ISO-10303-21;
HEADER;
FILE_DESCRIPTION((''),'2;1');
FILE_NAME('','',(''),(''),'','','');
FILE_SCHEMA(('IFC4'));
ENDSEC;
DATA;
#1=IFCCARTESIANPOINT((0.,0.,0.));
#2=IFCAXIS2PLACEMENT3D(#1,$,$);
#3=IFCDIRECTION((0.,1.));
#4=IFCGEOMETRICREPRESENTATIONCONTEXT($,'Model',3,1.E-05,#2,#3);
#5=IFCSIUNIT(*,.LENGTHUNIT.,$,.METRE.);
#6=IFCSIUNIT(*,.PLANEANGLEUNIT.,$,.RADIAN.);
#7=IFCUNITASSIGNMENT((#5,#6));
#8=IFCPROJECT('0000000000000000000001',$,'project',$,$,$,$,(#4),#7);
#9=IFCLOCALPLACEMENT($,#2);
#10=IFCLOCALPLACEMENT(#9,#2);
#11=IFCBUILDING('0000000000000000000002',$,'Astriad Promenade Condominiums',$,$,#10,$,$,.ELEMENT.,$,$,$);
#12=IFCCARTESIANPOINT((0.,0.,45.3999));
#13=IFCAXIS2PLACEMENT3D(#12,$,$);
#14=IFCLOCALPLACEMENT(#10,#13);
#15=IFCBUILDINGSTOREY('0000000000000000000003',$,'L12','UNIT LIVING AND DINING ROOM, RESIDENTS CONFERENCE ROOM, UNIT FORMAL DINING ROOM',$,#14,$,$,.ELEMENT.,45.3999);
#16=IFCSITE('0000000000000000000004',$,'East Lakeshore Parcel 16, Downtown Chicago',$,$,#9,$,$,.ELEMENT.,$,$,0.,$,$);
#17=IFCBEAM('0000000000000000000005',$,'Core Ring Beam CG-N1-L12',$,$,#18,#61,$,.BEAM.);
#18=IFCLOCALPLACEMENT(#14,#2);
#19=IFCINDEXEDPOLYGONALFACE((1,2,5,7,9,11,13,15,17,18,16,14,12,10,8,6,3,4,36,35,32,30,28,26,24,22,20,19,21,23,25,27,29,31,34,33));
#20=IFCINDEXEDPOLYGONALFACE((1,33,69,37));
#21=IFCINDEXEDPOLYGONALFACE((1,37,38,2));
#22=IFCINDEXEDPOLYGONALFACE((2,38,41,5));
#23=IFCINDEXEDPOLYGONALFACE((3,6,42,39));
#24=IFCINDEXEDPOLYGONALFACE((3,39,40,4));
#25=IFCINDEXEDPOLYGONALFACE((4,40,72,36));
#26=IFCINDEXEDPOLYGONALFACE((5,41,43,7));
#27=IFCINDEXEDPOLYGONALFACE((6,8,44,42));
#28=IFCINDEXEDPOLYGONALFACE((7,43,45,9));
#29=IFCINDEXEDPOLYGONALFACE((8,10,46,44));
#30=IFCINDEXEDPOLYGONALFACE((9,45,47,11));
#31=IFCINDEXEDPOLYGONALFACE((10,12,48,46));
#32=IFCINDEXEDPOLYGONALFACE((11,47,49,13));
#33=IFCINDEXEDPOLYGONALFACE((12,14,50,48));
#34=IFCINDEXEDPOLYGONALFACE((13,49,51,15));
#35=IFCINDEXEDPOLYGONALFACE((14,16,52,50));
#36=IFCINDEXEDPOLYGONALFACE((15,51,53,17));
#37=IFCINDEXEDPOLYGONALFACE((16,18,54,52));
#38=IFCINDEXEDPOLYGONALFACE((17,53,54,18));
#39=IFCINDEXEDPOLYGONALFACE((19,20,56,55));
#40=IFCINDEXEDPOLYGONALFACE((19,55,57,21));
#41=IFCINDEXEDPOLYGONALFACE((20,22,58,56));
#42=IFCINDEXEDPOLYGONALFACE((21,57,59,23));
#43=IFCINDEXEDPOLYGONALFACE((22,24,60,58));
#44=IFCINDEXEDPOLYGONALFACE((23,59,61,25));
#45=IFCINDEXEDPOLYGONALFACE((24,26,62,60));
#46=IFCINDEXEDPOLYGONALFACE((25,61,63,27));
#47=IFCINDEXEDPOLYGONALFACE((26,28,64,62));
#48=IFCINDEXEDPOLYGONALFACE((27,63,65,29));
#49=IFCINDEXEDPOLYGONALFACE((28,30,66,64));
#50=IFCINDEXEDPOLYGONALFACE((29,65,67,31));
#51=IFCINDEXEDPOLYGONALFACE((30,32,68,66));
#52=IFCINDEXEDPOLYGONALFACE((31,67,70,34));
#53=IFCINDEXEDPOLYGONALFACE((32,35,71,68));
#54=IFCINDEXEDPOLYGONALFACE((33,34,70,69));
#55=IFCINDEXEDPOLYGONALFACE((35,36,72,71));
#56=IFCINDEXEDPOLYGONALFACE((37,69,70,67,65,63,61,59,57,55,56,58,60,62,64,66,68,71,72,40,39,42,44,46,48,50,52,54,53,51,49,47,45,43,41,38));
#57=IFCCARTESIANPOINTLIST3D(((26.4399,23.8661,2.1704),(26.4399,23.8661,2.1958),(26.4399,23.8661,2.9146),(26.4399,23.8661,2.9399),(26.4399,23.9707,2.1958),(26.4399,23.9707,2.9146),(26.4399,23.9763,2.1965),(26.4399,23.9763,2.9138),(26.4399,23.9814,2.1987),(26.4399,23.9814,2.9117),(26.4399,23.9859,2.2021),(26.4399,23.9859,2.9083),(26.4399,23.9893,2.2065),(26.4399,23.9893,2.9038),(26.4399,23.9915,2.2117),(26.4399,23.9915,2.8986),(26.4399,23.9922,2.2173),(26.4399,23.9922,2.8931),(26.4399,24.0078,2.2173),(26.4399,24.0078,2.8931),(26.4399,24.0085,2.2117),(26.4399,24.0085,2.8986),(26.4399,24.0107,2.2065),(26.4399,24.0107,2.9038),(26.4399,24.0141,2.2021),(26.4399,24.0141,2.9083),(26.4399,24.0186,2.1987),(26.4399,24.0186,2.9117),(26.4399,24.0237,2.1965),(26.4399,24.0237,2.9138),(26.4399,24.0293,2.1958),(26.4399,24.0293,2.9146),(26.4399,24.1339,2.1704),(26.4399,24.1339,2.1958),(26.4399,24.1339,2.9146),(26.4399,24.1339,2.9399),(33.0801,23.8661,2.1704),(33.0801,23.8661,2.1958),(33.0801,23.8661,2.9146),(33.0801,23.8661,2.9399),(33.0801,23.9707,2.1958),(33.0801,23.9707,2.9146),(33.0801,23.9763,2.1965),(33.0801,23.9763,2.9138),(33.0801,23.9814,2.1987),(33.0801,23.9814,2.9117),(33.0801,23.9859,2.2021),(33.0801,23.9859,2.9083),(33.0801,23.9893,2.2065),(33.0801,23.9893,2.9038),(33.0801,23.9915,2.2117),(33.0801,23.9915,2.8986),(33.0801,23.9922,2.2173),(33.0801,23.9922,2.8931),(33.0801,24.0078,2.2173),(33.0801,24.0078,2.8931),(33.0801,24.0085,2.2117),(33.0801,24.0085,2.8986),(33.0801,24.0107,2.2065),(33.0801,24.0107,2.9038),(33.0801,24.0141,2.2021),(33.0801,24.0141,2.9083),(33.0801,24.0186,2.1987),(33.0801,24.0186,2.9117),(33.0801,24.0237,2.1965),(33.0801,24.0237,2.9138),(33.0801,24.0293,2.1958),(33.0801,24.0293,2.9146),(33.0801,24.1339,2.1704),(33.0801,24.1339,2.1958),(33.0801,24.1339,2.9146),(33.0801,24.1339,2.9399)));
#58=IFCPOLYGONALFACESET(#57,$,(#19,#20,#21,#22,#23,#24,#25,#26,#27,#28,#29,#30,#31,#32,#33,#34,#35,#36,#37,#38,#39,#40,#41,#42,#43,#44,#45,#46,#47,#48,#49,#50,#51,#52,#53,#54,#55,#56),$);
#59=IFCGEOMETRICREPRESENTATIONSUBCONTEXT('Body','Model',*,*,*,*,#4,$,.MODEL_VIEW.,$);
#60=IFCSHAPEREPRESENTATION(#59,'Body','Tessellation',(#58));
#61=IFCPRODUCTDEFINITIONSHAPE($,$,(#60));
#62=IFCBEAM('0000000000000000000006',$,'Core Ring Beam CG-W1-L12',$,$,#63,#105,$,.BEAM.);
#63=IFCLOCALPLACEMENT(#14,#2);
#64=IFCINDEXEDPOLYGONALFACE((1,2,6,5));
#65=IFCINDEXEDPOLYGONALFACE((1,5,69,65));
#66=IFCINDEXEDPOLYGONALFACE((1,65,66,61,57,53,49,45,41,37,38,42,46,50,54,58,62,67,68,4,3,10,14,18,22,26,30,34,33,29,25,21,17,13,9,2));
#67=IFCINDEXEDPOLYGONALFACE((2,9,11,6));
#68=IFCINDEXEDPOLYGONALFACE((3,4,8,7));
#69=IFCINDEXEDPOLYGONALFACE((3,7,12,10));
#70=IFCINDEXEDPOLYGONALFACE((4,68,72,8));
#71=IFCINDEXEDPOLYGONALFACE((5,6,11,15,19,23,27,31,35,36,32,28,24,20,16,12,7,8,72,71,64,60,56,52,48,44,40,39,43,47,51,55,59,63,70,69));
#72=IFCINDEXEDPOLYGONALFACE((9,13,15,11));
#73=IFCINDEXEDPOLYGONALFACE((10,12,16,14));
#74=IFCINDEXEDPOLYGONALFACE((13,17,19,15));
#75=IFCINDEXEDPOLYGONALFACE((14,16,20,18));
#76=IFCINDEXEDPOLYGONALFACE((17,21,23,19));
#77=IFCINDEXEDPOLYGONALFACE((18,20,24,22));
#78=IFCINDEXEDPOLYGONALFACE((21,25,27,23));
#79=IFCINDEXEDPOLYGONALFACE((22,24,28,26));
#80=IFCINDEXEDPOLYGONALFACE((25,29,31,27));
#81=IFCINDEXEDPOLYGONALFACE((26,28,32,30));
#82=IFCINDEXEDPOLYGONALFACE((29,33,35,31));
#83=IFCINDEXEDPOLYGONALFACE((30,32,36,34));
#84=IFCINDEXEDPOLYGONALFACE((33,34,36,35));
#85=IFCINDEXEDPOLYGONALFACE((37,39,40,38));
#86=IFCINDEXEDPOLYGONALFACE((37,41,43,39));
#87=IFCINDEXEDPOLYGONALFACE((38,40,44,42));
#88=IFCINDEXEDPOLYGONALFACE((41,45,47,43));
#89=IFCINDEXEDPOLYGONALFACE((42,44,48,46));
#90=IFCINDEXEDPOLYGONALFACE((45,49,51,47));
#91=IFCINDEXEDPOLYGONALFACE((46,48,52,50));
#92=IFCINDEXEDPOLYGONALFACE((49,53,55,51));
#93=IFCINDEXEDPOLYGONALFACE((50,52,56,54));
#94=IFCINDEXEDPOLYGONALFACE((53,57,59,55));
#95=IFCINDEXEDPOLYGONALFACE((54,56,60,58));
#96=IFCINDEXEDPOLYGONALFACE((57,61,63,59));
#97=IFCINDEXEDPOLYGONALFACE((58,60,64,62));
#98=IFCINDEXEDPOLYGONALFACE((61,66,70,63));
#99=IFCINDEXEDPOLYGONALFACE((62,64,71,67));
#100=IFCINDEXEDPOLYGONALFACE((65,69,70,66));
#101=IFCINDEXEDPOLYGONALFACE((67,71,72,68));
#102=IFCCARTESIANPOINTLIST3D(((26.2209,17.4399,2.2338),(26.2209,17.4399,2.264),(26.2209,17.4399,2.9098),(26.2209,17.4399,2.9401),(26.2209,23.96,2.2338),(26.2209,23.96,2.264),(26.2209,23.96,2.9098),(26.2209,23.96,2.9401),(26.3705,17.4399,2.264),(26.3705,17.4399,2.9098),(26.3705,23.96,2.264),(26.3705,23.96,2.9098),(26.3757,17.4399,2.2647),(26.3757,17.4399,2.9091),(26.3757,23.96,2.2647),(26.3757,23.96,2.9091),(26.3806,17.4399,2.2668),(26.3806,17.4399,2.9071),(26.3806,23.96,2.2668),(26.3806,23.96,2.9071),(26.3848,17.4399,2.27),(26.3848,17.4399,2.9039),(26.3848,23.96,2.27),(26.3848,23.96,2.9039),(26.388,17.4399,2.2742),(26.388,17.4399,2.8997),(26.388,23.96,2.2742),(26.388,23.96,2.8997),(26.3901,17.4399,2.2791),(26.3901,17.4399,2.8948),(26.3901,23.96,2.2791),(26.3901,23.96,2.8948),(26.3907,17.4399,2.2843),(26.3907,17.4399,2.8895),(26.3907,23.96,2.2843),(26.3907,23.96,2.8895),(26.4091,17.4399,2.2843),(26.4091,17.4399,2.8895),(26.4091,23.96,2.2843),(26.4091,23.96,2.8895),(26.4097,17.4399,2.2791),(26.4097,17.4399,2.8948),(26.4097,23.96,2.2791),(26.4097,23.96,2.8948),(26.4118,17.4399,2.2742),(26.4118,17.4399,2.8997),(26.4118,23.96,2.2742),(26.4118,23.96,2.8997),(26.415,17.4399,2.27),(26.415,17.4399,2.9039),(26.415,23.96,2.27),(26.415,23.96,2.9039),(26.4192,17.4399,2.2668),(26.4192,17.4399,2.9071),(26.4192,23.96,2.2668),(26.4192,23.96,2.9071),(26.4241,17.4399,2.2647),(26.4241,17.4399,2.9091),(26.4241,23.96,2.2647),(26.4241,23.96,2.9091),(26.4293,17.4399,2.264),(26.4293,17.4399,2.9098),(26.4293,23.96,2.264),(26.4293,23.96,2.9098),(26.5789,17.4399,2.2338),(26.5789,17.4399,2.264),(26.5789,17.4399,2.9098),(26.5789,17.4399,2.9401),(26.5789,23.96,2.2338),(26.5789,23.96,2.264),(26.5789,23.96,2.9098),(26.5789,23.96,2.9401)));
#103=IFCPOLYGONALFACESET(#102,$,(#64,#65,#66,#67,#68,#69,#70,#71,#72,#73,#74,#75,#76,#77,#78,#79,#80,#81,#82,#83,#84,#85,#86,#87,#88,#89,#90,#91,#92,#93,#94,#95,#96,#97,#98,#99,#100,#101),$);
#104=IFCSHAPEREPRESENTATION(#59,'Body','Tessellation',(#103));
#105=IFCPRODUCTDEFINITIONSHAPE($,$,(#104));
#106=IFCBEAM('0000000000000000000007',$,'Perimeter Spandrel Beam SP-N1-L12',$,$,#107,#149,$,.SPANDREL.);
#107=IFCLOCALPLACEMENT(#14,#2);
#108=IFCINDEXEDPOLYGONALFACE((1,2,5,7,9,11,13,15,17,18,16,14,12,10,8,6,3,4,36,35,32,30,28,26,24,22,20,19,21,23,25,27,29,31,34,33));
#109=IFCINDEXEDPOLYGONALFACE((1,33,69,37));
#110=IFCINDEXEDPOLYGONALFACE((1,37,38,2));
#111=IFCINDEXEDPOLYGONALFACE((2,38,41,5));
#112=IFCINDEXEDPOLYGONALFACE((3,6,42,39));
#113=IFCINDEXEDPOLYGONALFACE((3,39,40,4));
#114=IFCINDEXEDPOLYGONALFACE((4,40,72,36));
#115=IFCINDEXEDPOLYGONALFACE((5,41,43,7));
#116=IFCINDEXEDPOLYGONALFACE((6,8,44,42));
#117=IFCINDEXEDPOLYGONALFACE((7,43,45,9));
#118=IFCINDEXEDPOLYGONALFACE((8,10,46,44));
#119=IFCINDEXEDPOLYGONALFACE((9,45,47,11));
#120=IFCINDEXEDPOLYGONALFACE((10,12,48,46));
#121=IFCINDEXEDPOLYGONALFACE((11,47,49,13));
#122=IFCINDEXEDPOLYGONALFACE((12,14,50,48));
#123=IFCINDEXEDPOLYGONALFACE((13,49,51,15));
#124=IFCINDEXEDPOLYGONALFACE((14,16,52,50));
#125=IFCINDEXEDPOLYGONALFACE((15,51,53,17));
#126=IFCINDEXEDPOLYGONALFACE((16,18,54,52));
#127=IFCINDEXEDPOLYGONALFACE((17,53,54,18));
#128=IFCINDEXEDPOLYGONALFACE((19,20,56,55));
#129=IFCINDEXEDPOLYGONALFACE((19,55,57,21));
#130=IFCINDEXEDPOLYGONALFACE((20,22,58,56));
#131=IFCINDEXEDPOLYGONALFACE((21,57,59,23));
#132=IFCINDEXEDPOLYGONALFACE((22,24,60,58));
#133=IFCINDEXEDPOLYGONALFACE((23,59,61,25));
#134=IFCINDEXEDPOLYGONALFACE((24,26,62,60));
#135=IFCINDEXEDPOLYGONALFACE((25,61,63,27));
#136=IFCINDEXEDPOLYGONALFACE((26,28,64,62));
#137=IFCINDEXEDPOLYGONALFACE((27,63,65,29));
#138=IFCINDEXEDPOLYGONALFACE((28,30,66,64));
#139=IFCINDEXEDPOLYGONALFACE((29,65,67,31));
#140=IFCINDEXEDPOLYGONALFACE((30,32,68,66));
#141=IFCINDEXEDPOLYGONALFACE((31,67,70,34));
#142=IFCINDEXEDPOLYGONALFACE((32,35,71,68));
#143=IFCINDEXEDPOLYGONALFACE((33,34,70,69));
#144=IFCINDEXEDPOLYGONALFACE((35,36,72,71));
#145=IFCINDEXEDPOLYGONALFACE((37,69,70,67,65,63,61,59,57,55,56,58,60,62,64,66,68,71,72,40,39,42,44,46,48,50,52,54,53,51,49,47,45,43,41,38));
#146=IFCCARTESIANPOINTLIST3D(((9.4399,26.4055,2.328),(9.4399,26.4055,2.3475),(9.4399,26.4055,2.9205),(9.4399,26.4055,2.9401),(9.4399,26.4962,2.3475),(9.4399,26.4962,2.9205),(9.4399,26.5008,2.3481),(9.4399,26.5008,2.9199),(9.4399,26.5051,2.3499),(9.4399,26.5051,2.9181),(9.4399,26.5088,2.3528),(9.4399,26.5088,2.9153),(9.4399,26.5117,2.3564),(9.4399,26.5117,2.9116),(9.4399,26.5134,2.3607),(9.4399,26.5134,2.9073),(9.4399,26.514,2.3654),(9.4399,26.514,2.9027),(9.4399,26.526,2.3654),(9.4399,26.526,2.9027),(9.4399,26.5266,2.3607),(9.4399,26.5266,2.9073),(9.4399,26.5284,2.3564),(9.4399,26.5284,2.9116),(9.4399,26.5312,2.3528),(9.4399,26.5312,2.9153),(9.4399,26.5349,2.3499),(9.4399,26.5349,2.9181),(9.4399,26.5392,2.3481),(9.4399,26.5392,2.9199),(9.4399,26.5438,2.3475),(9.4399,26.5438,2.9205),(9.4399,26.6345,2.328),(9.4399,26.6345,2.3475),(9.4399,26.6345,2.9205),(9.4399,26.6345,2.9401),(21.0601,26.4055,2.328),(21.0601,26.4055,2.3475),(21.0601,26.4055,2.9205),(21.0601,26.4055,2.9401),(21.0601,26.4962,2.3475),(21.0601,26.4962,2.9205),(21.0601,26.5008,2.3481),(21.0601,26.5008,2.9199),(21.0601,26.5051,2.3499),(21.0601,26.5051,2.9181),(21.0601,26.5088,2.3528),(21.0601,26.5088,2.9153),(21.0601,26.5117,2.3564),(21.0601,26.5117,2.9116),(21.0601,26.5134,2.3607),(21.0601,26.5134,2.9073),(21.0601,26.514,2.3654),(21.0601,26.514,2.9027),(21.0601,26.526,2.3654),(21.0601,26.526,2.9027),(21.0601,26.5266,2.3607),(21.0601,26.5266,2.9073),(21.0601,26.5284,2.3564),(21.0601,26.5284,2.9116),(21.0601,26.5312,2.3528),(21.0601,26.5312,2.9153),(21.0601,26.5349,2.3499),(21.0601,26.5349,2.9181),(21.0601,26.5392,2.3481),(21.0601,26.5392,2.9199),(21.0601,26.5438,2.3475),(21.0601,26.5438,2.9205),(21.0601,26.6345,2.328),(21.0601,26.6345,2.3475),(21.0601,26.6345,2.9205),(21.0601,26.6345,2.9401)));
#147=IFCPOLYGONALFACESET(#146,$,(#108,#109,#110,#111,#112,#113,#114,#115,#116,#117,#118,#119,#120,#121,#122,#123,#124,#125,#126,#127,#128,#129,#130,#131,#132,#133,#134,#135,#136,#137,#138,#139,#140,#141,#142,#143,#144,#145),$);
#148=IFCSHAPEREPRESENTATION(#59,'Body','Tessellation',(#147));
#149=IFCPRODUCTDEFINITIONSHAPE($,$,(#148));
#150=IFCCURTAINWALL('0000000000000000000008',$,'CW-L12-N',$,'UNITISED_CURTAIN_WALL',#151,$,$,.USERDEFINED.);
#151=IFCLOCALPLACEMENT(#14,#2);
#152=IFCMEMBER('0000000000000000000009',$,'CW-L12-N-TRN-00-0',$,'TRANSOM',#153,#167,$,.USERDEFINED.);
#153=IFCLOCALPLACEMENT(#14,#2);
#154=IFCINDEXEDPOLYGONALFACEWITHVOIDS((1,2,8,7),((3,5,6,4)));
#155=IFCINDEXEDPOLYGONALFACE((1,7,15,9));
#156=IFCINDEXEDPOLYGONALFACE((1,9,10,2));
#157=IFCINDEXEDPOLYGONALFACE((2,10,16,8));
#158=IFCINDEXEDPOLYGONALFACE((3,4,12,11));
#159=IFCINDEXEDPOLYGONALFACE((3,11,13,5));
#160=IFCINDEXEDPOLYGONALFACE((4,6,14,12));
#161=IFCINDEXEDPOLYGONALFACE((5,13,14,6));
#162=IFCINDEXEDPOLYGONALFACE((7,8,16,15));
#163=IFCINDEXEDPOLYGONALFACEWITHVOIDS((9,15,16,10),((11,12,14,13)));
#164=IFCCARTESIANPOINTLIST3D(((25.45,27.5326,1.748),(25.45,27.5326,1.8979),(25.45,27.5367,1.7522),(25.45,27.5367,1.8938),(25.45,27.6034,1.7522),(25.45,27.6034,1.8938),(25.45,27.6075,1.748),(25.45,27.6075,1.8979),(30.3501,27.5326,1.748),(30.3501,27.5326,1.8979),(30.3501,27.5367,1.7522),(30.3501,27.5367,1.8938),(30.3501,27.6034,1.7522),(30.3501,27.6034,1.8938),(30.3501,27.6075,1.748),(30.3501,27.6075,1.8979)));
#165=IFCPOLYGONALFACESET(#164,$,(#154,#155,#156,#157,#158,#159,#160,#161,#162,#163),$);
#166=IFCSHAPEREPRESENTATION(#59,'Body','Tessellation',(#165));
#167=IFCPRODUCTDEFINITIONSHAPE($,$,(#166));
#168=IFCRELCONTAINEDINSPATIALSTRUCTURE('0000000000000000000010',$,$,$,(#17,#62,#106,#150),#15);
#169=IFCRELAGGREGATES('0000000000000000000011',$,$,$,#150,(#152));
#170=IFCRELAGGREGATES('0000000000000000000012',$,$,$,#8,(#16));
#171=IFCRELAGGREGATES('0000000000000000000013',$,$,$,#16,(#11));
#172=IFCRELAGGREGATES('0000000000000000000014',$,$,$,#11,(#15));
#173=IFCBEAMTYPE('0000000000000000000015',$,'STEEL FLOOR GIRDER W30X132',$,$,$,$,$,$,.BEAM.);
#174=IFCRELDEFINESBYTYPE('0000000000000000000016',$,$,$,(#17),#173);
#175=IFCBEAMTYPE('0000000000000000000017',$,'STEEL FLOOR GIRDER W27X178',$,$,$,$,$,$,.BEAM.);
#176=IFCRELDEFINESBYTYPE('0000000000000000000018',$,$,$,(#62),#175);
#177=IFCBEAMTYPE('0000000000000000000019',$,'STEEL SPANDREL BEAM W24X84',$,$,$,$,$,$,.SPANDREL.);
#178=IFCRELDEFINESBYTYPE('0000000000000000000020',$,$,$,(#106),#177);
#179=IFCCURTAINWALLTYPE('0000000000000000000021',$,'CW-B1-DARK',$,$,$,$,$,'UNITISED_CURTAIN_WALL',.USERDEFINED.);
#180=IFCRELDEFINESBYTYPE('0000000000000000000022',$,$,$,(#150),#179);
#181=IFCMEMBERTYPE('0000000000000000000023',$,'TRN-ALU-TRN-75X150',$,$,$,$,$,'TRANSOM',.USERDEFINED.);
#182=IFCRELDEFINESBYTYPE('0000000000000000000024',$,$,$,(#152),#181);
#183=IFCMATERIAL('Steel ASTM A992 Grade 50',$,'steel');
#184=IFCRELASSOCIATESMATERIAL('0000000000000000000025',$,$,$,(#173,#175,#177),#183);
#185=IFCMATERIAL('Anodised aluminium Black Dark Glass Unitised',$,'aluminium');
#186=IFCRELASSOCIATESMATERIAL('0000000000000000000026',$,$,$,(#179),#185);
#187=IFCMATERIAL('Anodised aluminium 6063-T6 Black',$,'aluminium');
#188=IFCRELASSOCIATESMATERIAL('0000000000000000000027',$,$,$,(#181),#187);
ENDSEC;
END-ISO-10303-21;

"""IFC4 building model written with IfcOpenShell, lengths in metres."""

from ifc_helpers import new_model, si_unit, direction, frame, origin, origin_2d, place, context, subcontext, project, spatial, hollow_rectangle, i_section, extrude, source, transform, mapped, material, material_profile, profile_set, type_object, type_shapes, element, aggregate, save


model = new_model("IFC4")

# Units and contexts
model_context = context("Model", 3, precision=1e-05, world=origin(), true_north=direction((0.0, 1.0)))
body_context = subcontext(model_context, "Body", "Model", "MODEL_VIEW")
ifc_project = project(units=[si_unit("LENGTHUNIT", "METRE"), si_unit("PLANEANGLEUNIT", "RADIAN")], contexts=[model_context])

# Site, building, storey
site_placement = place(None, origin())
site = spatial("IfcSite", under=ifc_project, at=site_placement, Name="East Lakeshore Parcel 16, Downtown Chicago", CompositionType="ELEMENT", RefElevation=0.0)
building_placement = place(site_placement, origin())
building = spatial("IfcBuilding", under=site, at=building_placement, Name="Astriad Promenade Condominiums", CompositionType="ELEMENT")
storey_placement = place(building_placement, frame((0.0, 0.0, 45.3999)))
storey = spatial("IfcBuildingStorey", under=building, at=storey_placement, Name="L12", Description="UNIT LIVING AND DINING ROOM, RESIDENTS CONFERENCE ROOM, UNIT FORMAL DINING ROOM", CompositionType="ELEMENT", Elevation=45.3999)

# Shared definitions
ifc_material_1 = material(Name="Steel ASTM A992 Grade 50", Category="steel")

# Beams
ifc_material_profile_1 = material_profile(ifc_material_1, i_section(OverallWidth=0.2678, OverallDepth=0.7695, WebThickness=0.0156, FlangeThickness=0.0254, FilletRadius=0.0215, at=origin_2d()), Name="W30X132")
ifc_profile_set_1 = profile_set([ifc_material_profile_1], Name="Steel ASTM A992 Grade 50")
beam_type_1 = type_object("IfcBeamType", Name="STEEL FLOOR GIRDER W30X132", PredefinedType="BEAM", material=ifc_profile_set_1)
shared_shape_1 = source(origin(), body_context, "Body", "SweptSolid", [
    extrude(i_section(OverallWidth=0.2678, OverallDepth=0.7695, WebThickness=0.0156, FlangeThickness=0.0254, FilletRadius=0.0215, at=origin_2d()), origin(), (0.0, 0.0, 1.0), 6.6401),
])
type_shapes(beam_type_1, [shared_shape_1])
beam_1_placement = place(storey_placement, frame((26.4399, 24.0, 2.5552), z_axis=(1.0, 0.0, 0.0), x_axis=(0.0, 1.0, 0.0)))
element("IfcBeam", 1, at=beam_1_placement, inside=storey, type_object=beam_type_1, Name="Core Ring Beam CG-N1-L12", PredefinedType="BEAM", context=body_context, shape_type="MappedRepresentation", body=[
    mapped(shared_shape_1, transform((0.0, 0.0, 0.0), scale=1.0)),
])
ifc_material_profile_2 = material_profile(ifc_material_1, i_section(OverallWidth=0.3579, OverallDepth=0.7063, WebThickness=0.0183, FlangeThickness=0.0303, FilletRadius=0.0203, at=origin_2d()), Name="W27X178")
ifc_profile_set_2 = profile_set([ifc_material_profile_2], Name="Steel ASTM A992 Grade 50")
beam_type_2 = type_object("IfcBeamType", Name="STEEL FLOOR GIRDER W27X178", PredefinedType="BEAM", material=ifc_profile_set_2)
shared_shape_2 = source(origin(), body_context, "Body", "SweptSolid", [
    extrude(i_section(OverallWidth=0.3579, OverallDepth=0.7063, WebThickness=0.0183, FlangeThickness=0.0303, FilletRadius=0.0203, at=origin_2d()), origin(), (0.0, 0.0, 1.0), 6.52),
])
type_shapes(beam_type_2, [shared_shape_2])
beam_2_placement = place(storey_placement, frame((26.3999, 17.4399, 2.5869), z_axis=(0.0, 1.0, 0.0), x_axis=(-1.0, 0.0, 0.0)))
element("IfcBeam", 2, at=beam_2_placement, inside=storey, type_object=beam_type_2, Name="Core Ring Beam CG-W1-L12", PredefinedType="BEAM", context=body_context, shape_type="MappedRepresentation", body=[
    mapped(shared_shape_2, transform((0.0, 0.0, 0.0), scale=1.0)),
])
ifc_material_profile_3 = material_profile(ifc_material_1, i_section(OverallWidth=0.229, OverallDepth=0.6121, WebThickness=0.012, FlangeThickness=0.0195, FilletRadius=0.0178, at=origin_2d()), Name="W24X84")
ifc_profile_set_3 = profile_set([ifc_material_profile_3], Name="Steel ASTM A992 Grade 50")
beam_type_3 = type_object("IfcBeamType", Name="STEEL SPANDREL BEAM W24X84", PredefinedType="SPANDREL", material=ifc_profile_set_3)
shared_shape_3 = source(origin(), body_context, "Body", "SweptSolid", [
    extrude(i_section(OverallWidth=0.229, OverallDepth=0.6121, WebThickness=0.012, FlangeThickness=0.0195, FilletRadius=0.0178, at=origin_2d()), origin(), (0.0, 0.0, 1.0), 11.6201),
])
type_shapes(beam_type_3, [shared_shape_3])
beam_3_placement = place(storey_placement, frame((21.0601, 26.52, 2.634), z_axis=(-1.0, 0.0, 0.0), x_axis=(0.0, -1.0, 0.0)))
element("IfcBeam", 3, at=beam_3_placement, inside=storey, type_object=beam_type_3, Name="Perimeter Spandrel Beam SP-N1-L12", PredefinedType="SPANDREL", context=body_context, shape_type="MappedRepresentation", body=[
    mapped(shared_shape_3, transform((0.0, 0.0, 0.0), scale=1.0)),
])

# Curtain wall, member
ifc_material_2 = material(Name="Anodised aluminium Black Dark Glass Unitised", Category="aluminium")
curtain_wall_type = type_object("IfcCurtainWallType", Name="CW-B1-DARK", ElementType="UNITISED_CURTAIN_WALL", PredefinedType="USERDEFINED", material=ifc_material_2)
curtain_wall_placement = place(storey_placement, origin())
curtain_wall = element("IfcCurtainWall", 4, at=curtain_wall_placement, inside=storey, type_object=curtain_wall_type, Name="CW-L12-N", ObjectType="UNITISED_CURTAIN_WALL", PredefinedType="USERDEFINED")
ifc_material_3 = material(Name="Anodised aluminium 6063-T6 Black", Category="aluminium")
ifc_material_profile_4 = material_profile(ifc_material_3, hollow_rectangle(XDim=0.075, YDim=0.1499, WallThickness=0.0042, at=origin_2d()), Name="ALU-TRN-75X150")
ifc_profile_set_4 = profile_set([ifc_material_profile_4], Name="Anodised aluminium 6063-T6 Black")
member_type_1 = type_object("IfcMemberType", Name="TRN-ALU-TRN-75X150", ElementType="TRANSOM", PredefinedType="USERDEFINED", material=ifc_profile_set_4)
shared_shape_4 = source(origin(), body_context, "Body", "SweptSolid", [
    extrude(hollow_rectangle(XDim=0.075, YDim=0.1499, WallThickness=0.0042, at=origin_2d()), origin(), (0.0, 0.0, 1.0), 4.9001),
])
type_shapes(member_type_1, [shared_shape_4])
member_1_placement = place(storey_placement, frame((25.45, 27.5701, 1.823), z_axis=(1.0, 0.0, 0.0), x_axis=(0.0, 1.0, 0.0)))
member_1 = element("IfcMember", 5, at=member_1_placement, type_object=member_type_1, Name="CW-L12-N-TRN-00-0", ObjectType="TRANSOM", PredefinedType="USERDEFINED", context=body_context, shape_type="MappedRepresentation", body=[
    mapped(shared_shape_4, transform((0.0, 0.0, 0.0), scale=1.0)),
])
aggregate(curtain_wall, [member_1])

save(model, "model.ifc")
